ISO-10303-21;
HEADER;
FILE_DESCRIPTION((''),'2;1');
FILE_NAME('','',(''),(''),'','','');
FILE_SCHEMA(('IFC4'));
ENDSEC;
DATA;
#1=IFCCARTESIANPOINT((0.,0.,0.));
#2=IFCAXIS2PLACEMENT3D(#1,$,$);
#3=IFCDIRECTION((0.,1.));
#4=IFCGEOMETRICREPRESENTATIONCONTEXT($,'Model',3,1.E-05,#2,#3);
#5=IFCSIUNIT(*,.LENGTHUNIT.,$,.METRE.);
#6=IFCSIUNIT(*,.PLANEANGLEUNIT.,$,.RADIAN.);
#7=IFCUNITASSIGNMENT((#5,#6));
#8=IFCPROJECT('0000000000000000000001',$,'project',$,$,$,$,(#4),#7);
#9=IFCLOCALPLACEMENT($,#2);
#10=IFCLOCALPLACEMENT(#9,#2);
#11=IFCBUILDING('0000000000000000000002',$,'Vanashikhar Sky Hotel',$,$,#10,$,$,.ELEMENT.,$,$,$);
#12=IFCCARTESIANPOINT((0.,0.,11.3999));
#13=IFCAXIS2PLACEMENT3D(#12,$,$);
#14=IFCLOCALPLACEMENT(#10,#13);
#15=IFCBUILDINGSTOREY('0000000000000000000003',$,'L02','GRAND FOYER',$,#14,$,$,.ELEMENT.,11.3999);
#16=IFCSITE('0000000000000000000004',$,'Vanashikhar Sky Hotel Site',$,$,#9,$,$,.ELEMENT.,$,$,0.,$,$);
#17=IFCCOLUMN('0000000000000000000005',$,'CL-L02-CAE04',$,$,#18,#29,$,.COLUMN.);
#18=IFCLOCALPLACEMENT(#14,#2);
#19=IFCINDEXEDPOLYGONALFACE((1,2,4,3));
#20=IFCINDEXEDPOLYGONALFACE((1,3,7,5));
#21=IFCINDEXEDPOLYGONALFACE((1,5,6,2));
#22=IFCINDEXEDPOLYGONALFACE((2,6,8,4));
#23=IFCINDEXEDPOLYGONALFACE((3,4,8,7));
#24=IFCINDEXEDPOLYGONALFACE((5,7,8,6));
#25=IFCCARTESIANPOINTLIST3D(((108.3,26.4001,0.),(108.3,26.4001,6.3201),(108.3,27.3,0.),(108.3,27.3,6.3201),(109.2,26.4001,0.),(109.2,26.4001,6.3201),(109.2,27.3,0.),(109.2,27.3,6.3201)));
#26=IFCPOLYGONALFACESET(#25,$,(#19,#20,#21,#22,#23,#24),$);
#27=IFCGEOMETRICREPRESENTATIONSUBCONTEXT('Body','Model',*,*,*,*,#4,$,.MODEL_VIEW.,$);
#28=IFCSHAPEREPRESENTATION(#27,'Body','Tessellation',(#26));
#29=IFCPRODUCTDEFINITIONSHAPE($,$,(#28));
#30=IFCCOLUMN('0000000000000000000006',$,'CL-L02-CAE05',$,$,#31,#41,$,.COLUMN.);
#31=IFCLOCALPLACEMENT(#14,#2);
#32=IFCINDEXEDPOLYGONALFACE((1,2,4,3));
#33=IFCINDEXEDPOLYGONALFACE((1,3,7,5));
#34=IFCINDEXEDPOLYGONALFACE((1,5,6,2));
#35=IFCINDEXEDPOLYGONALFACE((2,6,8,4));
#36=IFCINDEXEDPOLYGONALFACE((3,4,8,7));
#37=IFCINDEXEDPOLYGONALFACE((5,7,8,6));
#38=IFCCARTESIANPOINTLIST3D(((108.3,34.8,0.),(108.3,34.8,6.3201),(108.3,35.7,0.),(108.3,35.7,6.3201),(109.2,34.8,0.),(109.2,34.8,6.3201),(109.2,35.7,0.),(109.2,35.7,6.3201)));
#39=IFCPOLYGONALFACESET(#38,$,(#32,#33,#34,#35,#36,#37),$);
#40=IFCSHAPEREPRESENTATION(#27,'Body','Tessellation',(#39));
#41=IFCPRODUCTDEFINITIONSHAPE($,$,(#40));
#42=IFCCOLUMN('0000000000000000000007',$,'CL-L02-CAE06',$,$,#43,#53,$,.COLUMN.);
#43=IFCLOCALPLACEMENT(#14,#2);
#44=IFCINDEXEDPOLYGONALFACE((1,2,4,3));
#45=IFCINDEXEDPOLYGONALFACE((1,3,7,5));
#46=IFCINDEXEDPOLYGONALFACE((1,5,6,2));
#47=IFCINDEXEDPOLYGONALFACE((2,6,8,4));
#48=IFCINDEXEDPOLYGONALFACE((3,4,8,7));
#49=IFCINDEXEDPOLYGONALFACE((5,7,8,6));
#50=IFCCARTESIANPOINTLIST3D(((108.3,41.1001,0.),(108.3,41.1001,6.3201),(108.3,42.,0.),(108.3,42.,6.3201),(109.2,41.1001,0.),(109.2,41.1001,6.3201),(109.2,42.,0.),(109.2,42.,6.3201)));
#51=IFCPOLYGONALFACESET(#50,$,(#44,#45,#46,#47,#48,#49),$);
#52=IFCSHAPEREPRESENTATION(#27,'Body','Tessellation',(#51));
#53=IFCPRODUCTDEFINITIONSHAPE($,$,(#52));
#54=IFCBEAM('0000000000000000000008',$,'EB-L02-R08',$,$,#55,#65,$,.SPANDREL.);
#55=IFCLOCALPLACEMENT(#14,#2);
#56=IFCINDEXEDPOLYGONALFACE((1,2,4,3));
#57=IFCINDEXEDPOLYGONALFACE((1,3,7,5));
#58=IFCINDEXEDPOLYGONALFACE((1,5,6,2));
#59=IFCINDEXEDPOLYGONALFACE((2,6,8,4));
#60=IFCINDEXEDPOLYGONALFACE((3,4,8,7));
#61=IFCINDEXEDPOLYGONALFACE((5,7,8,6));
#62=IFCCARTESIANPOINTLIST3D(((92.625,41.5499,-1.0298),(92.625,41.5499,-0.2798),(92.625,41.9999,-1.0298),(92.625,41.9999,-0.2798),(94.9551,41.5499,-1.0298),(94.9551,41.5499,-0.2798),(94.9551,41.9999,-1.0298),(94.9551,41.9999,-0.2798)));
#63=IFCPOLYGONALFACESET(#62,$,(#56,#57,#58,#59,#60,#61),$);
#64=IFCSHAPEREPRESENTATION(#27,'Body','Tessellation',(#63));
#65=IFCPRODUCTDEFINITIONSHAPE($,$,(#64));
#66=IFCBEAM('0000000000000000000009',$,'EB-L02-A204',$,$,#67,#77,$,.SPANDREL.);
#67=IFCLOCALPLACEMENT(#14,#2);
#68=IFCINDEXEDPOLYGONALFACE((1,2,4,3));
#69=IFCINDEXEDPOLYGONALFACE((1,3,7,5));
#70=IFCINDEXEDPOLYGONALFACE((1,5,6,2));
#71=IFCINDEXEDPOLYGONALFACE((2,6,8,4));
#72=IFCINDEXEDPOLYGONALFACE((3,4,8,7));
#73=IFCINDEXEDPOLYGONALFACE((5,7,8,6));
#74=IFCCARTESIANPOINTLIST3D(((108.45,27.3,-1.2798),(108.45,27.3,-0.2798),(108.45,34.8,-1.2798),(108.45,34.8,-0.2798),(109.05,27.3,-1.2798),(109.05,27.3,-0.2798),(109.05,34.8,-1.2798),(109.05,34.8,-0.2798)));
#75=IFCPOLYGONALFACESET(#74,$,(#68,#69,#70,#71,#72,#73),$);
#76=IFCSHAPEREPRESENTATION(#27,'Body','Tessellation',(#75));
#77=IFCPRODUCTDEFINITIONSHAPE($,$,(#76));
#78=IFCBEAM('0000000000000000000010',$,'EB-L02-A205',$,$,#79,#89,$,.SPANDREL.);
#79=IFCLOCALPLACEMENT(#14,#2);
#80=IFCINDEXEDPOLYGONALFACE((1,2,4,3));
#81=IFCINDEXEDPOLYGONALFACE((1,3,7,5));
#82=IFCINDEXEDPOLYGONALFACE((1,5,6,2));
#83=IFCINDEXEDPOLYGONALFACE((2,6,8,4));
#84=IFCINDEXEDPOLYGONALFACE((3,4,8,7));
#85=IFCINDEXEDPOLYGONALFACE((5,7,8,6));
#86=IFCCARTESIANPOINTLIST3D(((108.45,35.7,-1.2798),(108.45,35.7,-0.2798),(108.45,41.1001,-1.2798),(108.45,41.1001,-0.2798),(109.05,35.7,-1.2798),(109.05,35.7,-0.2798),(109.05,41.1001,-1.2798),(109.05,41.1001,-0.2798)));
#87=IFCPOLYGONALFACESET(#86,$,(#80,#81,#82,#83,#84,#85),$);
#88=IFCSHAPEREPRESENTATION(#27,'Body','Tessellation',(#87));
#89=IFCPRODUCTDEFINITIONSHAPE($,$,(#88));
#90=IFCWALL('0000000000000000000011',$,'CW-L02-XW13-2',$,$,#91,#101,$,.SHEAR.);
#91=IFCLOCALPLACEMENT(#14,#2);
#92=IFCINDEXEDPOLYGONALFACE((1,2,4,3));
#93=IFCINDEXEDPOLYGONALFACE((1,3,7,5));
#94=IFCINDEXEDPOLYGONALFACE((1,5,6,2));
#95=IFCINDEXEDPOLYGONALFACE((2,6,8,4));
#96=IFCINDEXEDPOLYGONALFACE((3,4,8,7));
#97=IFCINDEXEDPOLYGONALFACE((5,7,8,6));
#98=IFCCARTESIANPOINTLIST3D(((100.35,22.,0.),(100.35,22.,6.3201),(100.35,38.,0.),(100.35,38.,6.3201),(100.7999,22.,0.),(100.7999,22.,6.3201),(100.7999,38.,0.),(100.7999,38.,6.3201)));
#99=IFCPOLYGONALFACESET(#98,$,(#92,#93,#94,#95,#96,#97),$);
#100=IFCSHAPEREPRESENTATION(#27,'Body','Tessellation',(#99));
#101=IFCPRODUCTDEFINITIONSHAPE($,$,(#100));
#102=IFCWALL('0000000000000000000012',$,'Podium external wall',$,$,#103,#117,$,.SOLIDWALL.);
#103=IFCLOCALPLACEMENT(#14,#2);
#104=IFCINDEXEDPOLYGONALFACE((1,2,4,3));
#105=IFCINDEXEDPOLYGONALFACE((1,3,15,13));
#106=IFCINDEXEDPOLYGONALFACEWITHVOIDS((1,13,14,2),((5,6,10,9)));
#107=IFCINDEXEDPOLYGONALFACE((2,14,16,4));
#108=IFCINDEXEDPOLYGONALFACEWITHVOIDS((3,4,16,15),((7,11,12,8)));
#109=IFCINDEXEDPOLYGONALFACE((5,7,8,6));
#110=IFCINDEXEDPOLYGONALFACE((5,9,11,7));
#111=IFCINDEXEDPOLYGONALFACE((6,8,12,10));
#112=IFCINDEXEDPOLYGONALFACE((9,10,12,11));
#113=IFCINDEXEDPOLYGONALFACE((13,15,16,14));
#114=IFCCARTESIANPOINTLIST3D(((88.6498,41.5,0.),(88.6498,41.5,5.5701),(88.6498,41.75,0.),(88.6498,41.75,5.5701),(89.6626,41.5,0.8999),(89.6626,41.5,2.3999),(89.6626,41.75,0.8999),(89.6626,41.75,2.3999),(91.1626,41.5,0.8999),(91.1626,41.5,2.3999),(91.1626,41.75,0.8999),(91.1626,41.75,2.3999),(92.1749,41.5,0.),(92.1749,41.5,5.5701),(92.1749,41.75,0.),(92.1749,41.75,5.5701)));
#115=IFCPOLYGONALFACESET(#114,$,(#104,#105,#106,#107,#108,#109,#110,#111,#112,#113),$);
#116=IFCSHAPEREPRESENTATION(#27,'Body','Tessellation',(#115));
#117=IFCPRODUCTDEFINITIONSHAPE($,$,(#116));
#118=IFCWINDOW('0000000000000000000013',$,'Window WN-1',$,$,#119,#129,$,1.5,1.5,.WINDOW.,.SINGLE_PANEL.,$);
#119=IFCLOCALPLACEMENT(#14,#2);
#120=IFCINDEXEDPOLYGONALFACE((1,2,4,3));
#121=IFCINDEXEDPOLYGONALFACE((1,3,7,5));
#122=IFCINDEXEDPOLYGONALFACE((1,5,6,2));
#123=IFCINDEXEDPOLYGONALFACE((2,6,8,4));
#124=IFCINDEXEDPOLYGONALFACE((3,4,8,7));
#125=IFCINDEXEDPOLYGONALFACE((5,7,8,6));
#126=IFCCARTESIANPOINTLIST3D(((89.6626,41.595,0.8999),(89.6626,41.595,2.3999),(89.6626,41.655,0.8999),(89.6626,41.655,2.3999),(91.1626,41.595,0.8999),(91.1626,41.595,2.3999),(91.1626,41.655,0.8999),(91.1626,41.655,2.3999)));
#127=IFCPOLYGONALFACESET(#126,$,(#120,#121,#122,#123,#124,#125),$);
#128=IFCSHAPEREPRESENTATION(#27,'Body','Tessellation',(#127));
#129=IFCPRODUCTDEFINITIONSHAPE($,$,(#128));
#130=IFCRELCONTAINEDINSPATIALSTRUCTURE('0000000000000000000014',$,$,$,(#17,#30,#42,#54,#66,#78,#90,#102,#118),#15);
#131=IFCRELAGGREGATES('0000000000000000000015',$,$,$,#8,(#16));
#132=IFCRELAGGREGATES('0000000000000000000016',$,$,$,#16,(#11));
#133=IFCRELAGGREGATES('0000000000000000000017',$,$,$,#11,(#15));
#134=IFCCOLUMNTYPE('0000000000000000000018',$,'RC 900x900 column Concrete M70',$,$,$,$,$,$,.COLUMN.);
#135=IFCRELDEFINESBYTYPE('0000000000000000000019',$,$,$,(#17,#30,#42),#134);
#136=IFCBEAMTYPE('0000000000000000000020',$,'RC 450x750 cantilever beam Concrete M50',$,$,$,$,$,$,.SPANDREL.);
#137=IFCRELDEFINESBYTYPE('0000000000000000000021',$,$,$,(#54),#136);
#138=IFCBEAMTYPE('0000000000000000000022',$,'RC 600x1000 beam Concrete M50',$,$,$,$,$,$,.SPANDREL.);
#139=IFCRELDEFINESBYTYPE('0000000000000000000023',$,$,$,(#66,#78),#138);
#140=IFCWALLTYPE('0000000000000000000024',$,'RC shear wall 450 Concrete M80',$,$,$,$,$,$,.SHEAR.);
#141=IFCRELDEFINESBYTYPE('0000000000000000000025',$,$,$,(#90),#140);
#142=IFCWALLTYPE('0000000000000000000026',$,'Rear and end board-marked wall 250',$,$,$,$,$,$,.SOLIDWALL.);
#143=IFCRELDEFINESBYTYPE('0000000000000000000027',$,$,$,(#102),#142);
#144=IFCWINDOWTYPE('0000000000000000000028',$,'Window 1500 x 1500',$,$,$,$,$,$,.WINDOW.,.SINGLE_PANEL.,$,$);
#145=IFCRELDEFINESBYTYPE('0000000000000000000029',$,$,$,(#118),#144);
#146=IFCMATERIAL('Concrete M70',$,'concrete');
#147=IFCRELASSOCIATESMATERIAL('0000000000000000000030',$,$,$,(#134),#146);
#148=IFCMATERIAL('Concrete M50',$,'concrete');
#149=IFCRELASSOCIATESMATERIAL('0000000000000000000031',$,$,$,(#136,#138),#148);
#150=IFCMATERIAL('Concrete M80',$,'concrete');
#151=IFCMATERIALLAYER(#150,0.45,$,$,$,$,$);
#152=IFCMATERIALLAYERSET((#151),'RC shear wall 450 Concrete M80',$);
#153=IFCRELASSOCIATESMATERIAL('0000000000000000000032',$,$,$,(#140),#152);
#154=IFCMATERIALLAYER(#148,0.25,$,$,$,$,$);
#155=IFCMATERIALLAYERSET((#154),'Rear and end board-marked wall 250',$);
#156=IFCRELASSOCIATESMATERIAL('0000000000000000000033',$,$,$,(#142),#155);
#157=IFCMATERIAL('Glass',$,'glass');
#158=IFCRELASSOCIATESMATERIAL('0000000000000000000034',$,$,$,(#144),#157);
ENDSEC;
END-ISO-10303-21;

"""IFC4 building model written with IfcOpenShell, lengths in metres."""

from ifc_helpers import new_model, si_unit, direction, frame, frame_2d, origin, origin_2d, place, context, subcontext, project, spatial, rectangle, extrude, source, transform, mapped, material, layer, layer_set, material_profile, profile_set, type_object, element, fill, save


model = new_model("IFC4")

# Units and contexts
model_context = context("Model", 3, precision=1e-05, world=origin(), true_north=direction((0.0, 1.0)))
body_context = subcontext(model_context, "Body", "Model", "MODEL_VIEW")
ifc_project = project(units=[si_unit("LENGTHUNIT", "METRE"), si_unit("PLANEANGLEUNIT", "RADIAN")], contexts=[model_context])

# Site, building, storey
site_placement = place(None, origin())
site = spatial("IfcSite", under=ifc_project, at=site_placement, Name="Vanashikhar Sky Hotel Site", CompositionType="ELEMENT", RefElevation=0.0)
building_placement = place(site_placement, origin())
building = spatial("IfcBuilding", under=site, at=building_placement, Name="Vanashikhar Sky Hotel", CompositionType="ELEMENT")
storey_placement = place(building_placement, frame((0.0, 0.0, 11.3999)))
storey = spatial("IfcBuildingStorey", under=building, at=storey_placement, Name="L02", Description="GRAND FOYER", CompositionType="ELEMENT", Elevation=11.3999)

# Columns
ifc_material_1 = material(Name="Concrete M70", Category="concrete")
ifc_material_profile_1 = material_profile(ifc_material_1, rectangle(XDim=0.8999, YDim=0.8999, at=origin_2d()))
ifc_profile_set_1 = profile_set([ifc_material_profile_1], Name="RC 900x900 column Concrete M70")
column_type = type_object("IfcColumnType", Name="RC 900x900 column Concrete M70", PredefinedType="COLUMN", material=ifc_profile_set_1)
shared_shape_1 = source(origin(), body_context, "Body", "SweptSolid", [
    extrude(rectangle(XDim=0.8999, YDim=0.8999, at=origin_2d()), origin(), (0.0, 0.0, 1.0), 6.3201),
])
for number, where, z_axis, x_axis, name in (
    (1, (108.75, 26.8501, 0.0), (0.0, 0.0, 1.0), (1.0, 0.0, 0.0), "CL-L02-CAE04"),
    (2, (108.75, 35.25, 0.0), (0.0, 0.0, 1.0), (1.0, 0.0, 0.0), "CL-L02-CAE05"),
    (3, (108.75, 41.55, 0.0), (0.0, 0.0, 1.0), (1.0, 0.0, 0.0), "CL-L02-CAE06"),
):
    element("IfcColumn", number, at=place(storey_placement, frame(where, z_axis=z_axis, x_axis=x_axis)), inside=storey, type_object=column_type, Name=name, PredefinedType="COLUMN", context=body_context, shape_type="MappedRepresentation", body=[
        mapped(shared_shape_1, transform((0.0, 0.0, 0.0), scale=1.0)),
    ])

# Beams
ifc_material_2 = material(Name="Concrete M50", Category="concrete")
ifc_material_profile_2 = material_profile(ifc_material_2, rectangle(XDim=0.45, YDim=0.75, at=origin_2d()))
ifc_profile_set_2 = profile_set([ifc_material_profile_2], Name="RC 450x750 cantilever beam Concrete M50")
beam_type_1 = type_object("IfcBeamType", Name="RC 450x750 cantilever beam Concrete M50", PredefinedType="SPANDREL", material=ifc_profile_set_2)
shared_shape_2 = source(origin(), body_context, "Body", "SweptSolid", [
    extrude(rectangle(XDim=0.45, YDim=0.75, at=origin_2d()), origin(), (0.0, 0.0, 1.0), 2.3301),
])
beam_1_placement = place(storey_placement, frame((92.625, 41.7749, -0.6548), z_axis=(1.0, 0.0, 0.0), x_axis=(0.0, 1.0, 0.0)))
element("IfcBeam", 4, at=beam_1_placement, inside=storey, type_object=beam_type_1, Name="EB-L02-R08", PredefinedType="SPANDREL", context=body_context, shape_type="MappedRepresentation", body=[
    mapped(shared_shape_2, transform((0.0, 0.0, 0.0), scale=1.0)),
])
ifc_material_profile_3 = material_profile(ifc_material_2, rectangle(XDim=0.6001, YDim=1.0, at=origin_2d()))
ifc_profile_set_3 = profile_set([ifc_material_profile_3], Name="RC 600x1000 beam Concrete M50")
beam_type_2 = type_object("IfcBeamType", Name="RC 600x1000 beam Concrete M50", PredefinedType="SPANDREL", material=ifc_profile_set_3)
shared_shape_3 = source(origin(), body_context, "Body", "SweptSolid", [
    extrude(rectangle(XDim=0.6001, YDim=1.0, at=origin_2d()), origin(), (0.0, 0.0, 1.0), 7.5),
])
beam_2_placement = place(storey_placement, frame((108.75, 27.3, -0.7798), z_axis=(0.0, 1.0, 0.0), x_axis=(-1.0, 0.0, 0.0)))
element("IfcBeam", 5, at=beam_2_placement, inside=storey, type_object=beam_type_2, Name="EB-L02-A204", PredefinedType="SPANDREL", context=body_context, shape_type="MappedRepresentation", body=[
    mapped(shared_shape_3, transform((0.0, 0.0, 0.0), scale=1.0)),
])
shared_shape_4 = source(origin(), body_context, "Body", "SweptSolid", [
    extrude(rectangle(XDim=0.6001, YDim=1.0, at=origin_2d()), origin(), (0.0, 0.0, 1.0), 5.4001),
])
beam_3_placement = place(storey_placement, frame((108.75, 35.7, -0.7798), z_axis=(0.0, 1.0, 0.0), x_axis=(-1.0, 0.0, 0.0)))
element("IfcBeam", 6, at=beam_3_placement, inside=storey, type_object=beam_type_2, Name="EB-L02-A205", PredefinedType="SPANDREL", context=body_context, shape_type="MappedRepresentation", body=[
    mapped(shared_shape_4, transform((0.0, 0.0, 0.0), scale=1.0)),
])

# Wall
ifc_material_3 = material(Name="Concrete M80", Category="concrete")
ifc_layer_1 = layer(ifc_material_3, 0.45)
ifc_layer_set_1 = layer_set([ifc_layer_1], Name="RC shear wall 450 Concrete M80")
wall_type_1 = type_object("IfcWallType", Name="RC shear wall 450 Concrete M80", PredefinedType="SHEAR", material=ifc_layer_set_1)
shared_shape_5 = source(origin(), body_context, "Body", "SweptSolid", [
    extrude(rectangle(XDim=16.0, YDim=0.45, at=frame_2d((8.0, 0.0))), origin(), (0.0, 0.0, 1.0), 6.3201),
])
wall_1_placement = place(storey_placement, frame((100.575, 22.0, 0.0), z_axis=(0.0, 0.0, 1.0), x_axis=(0.0, 1.0, 0.0)))
element("IfcWall", 7, at=wall_1_placement, inside=storey, type_object=wall_type_1, Name="CW-L02-XW13-2", PredefinedType="SHEAR", context=body_context, shape_type="MappedRepresentation", body=[
    mapped(shared_shape_5, transform((0.0, 0.0, 0.0), scale=1.0)),
])

# Wall, opening, window
ifc_layer_2 = layer(ifc_material_2, 0.25)
ifc_layer_set_2 = layer_set([ifc_layer_2], Name="Rear and end board-marked wall 250")
wall_type_2 = type_object("IfcWallType", Name="Rear and end board-marked wall 250", PredefinedType="SOLIDWALL", material=ifc_layer_set_2)
shared_shape_6 = source(origin(), body_context, "Body", "SweptSolid", [
    extrude(rectangle(XDim=3.5251, YDim=0.25, at=frame_2d((1.7627, 0.0))), origin(), (0.0, 0.0, 1.0), 5.5701),
])
wall_2_placement = place(storey_placement, frame((92.175, 41.625, 0.0), z_axis=(0.0, 0.0, 1.0), x_axis=(-1.0, 0.0, 0.0)))
wall_2 = element("IfcWall", 8, at=wall_2_placement, inside=storey, type_object=wall_type_2, Name="Podium external wall", PredefinedType="SOLIDWALL", context=body_context, shape_type="MappedRepresentation", body=[
    mapped(shared_shape_6, transform((0.0, 0.0, 0.0), scale=1.0)),
])
shared_shape_7 = source(origin(), body_context, "Body", "SweptSolid", [
    extrude(rectangle(XDim=1.5, YDim=1.5, at=frame_2d((0.75, 0.75))), frame((0.0, 0.135, 0.0), z_axis=(0.0, -1.0, 0.0), x_axis=(1.0, 0.0, 0.0)), (0.0, 0.0, 1.0), 0.27),
])
opening_1_placement = place(wall_2_placement, frame((1.0125, 0.0, 0.8999)))
opening_1 = element("IfcOpeningElement", 9, at=opening_1_placement, cuts=wall_2, PredefinedType="OPENING", context=body_context, shape_type="MappedRepresentation", body=[
    mapped(shared_shape_7, transform((0.0, 0.0, 0.0), scale=1.0)),
])
ifc_material_4 = material(Name="Glass", Category="glass")
window_type_1 = type_object("IfcWindowType", Name="Window 1500 x 1500", PartitioningType="SINGLE_PANEL", PredefinedType="WINDOW", material=ifc_material_4)
shared_shape_8 = source(origin(), body_context, "Body", "SweptSolid", [
    extrude(rectangle(XDim=1.5, YDim=1.5, at=frame_2d((0.75, 0.75))), frame((0.0, 0.03, 0.0), z_axis=(0.0, -1.0, 0.0), x_axis=(1.0, 0.0, 0.0)), (0.0, 0.0, 1.0), 0.0601),
])
window_1_placement = place(opening_1_placement, origin())
window_1 = element("IfcWindow", 10, at=window_1_placement, inside=storey, type_object=window_type_1, Name="Window WN-1", OverallHeight=1.5, OverallWidth=1.5, PartitioningType="SINGLE_PANEL", PredefinedType="WINDOW", context=body_context, shape_type="MappedRepresentation", body=[
    mapped(shared_shape_8, transform((0.0, 0.0, 0.0), scale=1.0)),
])
fill(opening_1, window_1)

save(model, "model.ifc")
